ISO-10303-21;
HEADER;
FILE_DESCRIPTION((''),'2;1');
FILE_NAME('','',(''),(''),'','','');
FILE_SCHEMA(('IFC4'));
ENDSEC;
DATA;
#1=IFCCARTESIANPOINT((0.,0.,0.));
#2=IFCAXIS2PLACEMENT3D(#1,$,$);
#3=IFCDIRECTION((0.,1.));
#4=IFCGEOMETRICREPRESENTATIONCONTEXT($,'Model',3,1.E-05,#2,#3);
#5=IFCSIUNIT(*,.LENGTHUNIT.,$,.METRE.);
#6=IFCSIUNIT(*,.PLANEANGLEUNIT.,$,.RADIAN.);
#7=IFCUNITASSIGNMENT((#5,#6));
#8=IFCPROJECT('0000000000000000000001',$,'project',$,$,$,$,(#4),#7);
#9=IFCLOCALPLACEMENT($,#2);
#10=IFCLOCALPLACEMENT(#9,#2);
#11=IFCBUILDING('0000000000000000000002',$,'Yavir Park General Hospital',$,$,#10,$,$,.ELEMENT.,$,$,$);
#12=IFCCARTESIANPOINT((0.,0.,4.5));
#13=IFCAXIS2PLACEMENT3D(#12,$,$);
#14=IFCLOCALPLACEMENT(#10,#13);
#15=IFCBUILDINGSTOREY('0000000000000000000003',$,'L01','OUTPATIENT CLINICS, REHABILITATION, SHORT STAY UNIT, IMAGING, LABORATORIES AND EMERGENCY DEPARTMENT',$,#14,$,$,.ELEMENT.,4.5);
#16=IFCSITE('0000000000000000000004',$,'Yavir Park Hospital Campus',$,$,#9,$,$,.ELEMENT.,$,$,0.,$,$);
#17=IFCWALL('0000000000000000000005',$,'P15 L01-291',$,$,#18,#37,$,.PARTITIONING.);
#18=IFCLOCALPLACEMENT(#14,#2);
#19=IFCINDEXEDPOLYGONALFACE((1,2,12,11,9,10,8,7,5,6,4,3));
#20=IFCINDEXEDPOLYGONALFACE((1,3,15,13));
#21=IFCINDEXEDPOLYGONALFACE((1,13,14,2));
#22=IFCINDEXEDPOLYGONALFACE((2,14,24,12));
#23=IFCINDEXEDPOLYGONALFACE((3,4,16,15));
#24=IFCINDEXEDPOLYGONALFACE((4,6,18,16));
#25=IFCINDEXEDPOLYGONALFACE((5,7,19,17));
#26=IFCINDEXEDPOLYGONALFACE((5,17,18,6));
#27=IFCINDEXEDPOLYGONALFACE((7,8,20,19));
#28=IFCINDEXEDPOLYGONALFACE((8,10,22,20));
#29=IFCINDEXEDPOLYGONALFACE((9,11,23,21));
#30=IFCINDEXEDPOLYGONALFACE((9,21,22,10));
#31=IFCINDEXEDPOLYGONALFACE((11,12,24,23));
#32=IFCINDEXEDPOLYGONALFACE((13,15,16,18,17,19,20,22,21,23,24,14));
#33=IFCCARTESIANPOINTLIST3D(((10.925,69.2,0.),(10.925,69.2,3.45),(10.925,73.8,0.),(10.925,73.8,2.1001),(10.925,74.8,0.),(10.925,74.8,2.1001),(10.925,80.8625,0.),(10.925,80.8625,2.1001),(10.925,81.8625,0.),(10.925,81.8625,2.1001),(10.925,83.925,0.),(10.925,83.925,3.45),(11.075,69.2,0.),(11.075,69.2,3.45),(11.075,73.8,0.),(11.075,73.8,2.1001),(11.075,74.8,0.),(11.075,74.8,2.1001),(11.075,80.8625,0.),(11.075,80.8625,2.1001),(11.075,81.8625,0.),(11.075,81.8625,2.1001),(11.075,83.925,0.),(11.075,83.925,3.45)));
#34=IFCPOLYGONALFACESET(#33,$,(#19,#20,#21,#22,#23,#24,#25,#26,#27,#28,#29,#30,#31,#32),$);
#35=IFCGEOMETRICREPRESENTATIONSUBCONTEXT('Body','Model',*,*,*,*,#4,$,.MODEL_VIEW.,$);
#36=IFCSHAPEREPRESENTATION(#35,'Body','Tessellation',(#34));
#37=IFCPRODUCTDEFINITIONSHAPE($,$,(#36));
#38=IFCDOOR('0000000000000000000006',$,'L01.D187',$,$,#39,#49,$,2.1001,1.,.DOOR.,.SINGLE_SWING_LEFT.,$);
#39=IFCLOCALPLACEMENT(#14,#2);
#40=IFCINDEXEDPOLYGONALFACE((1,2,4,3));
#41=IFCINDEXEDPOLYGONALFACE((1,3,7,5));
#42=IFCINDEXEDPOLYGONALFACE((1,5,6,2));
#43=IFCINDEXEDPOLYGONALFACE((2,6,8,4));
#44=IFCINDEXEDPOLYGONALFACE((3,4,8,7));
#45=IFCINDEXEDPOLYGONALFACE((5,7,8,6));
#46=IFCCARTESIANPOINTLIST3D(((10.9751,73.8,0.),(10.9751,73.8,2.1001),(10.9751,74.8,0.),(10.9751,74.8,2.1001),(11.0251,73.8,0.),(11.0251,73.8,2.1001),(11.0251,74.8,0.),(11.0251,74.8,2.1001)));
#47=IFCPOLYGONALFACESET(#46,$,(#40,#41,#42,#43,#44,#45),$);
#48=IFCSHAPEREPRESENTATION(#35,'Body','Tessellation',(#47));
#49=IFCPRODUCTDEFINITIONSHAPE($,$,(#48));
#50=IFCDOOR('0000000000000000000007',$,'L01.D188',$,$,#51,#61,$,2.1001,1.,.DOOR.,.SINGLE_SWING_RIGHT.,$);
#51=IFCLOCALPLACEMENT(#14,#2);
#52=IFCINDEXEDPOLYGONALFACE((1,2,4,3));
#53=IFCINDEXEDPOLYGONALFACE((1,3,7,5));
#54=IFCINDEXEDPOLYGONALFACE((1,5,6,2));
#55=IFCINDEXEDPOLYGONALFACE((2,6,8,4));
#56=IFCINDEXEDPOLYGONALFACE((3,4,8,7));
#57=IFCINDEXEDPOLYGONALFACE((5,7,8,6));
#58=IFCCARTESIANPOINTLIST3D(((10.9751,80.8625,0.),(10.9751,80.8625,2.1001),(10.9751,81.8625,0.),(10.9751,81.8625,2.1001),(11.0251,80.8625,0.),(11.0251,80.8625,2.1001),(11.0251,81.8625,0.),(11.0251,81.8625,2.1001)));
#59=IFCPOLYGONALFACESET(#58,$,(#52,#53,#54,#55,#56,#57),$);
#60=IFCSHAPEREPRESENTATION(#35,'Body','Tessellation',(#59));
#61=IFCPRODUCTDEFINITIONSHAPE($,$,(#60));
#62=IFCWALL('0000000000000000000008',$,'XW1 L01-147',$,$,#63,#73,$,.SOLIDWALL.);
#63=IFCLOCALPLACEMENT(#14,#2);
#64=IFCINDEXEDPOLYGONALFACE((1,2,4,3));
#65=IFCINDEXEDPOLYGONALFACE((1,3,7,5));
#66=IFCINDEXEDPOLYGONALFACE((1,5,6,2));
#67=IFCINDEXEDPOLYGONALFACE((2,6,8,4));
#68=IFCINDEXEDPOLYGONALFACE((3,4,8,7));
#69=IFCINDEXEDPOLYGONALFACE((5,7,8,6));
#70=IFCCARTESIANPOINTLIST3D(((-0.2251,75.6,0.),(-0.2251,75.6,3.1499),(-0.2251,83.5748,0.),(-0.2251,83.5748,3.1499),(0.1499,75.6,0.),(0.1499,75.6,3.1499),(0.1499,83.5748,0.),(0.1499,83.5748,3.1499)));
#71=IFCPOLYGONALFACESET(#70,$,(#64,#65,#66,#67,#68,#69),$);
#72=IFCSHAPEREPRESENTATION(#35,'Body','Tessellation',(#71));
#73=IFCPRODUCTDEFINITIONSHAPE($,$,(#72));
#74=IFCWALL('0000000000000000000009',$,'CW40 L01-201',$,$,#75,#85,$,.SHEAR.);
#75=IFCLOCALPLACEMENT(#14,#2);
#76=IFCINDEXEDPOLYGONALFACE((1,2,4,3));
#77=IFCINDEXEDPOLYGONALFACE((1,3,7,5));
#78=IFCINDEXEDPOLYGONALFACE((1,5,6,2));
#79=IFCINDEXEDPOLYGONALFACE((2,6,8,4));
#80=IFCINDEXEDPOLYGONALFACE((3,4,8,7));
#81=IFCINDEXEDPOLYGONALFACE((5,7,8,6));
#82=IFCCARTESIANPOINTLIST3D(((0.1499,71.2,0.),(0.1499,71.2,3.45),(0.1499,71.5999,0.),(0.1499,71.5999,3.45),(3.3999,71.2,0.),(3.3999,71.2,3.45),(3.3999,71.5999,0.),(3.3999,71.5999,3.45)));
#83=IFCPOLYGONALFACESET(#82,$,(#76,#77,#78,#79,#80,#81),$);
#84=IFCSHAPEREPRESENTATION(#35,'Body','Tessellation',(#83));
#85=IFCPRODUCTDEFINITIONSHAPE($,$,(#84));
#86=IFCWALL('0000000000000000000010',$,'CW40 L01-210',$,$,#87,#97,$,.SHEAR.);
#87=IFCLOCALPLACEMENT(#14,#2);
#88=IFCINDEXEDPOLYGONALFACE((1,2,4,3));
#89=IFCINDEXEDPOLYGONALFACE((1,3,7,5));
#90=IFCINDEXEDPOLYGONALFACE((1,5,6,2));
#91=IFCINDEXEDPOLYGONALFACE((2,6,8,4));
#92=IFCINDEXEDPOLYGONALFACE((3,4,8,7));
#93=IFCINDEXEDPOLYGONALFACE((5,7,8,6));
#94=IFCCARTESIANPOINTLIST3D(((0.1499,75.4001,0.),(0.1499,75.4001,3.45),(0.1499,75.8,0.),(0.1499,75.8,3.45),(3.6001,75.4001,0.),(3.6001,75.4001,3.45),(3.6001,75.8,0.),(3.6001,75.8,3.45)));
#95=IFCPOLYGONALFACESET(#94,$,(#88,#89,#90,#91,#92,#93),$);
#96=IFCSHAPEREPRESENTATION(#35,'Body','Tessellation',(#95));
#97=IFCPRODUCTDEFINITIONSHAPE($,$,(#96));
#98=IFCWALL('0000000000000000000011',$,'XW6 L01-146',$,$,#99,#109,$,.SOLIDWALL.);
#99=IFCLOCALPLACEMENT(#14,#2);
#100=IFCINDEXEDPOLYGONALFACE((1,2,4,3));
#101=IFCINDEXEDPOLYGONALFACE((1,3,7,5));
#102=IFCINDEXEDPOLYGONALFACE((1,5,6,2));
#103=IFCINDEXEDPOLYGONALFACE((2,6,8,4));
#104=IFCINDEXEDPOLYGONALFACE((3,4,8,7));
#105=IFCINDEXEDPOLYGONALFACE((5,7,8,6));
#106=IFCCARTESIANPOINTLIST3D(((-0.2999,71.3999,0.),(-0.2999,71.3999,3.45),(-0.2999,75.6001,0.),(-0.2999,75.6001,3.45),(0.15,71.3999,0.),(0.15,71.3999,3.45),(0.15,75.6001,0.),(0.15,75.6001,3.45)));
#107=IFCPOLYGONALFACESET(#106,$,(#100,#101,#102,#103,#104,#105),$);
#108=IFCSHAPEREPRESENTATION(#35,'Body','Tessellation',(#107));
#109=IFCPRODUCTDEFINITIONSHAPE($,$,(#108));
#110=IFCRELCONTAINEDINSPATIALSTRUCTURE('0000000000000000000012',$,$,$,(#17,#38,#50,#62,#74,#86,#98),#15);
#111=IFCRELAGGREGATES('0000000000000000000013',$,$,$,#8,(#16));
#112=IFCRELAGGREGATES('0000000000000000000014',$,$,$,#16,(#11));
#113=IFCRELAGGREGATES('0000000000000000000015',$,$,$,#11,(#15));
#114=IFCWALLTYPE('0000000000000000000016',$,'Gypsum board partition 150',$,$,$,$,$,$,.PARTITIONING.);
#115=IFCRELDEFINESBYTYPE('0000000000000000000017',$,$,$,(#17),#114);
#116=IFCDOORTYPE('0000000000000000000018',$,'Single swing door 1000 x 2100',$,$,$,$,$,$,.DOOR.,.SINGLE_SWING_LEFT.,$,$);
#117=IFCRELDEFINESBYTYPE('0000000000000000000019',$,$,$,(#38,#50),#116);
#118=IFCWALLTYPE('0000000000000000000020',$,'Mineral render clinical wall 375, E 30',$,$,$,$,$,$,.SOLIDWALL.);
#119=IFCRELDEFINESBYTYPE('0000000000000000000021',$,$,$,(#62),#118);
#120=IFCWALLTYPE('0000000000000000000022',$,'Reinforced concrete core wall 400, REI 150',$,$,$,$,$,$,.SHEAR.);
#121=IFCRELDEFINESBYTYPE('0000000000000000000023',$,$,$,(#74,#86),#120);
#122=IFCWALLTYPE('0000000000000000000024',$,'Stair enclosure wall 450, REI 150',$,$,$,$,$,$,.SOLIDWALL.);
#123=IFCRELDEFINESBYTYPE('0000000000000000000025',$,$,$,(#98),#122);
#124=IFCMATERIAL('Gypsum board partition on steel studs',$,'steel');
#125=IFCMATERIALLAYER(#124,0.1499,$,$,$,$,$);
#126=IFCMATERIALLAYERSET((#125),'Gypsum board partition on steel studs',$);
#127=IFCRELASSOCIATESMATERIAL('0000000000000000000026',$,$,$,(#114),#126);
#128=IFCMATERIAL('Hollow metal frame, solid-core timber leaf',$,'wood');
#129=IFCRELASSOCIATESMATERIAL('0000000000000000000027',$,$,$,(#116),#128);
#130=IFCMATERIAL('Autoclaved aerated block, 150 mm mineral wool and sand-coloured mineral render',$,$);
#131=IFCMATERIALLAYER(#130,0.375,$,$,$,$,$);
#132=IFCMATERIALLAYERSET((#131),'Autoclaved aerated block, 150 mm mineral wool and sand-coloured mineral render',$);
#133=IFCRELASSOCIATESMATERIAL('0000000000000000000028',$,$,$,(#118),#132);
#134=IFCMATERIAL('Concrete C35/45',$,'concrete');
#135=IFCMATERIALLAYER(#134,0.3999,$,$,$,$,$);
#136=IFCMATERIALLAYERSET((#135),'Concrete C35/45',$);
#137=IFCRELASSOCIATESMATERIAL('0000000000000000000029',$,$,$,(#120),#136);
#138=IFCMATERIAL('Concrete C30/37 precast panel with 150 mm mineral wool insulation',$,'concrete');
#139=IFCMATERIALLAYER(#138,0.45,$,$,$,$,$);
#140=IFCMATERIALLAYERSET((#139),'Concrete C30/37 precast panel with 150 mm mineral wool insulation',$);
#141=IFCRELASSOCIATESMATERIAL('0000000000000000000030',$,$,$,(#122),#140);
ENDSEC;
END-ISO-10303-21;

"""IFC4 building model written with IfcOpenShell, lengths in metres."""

from ifc_helpers import new_model, si_unit, direction, frame, frame_2d, origin, place, context, subcontext, project, spatial, rectangle, extrude, material, layer, layer_set, type_object, element, fill, save


model = new_model("IFC4")

# Units and contexts
model_context = context("Model", 3, precision=1e-05, world=origin(), true_north=direction((0.0, 1.0)))
body_context = subcontext(model_context, "Body", "Model", "MODEL_VIEW")
ifc_project = project(units=[si_unit("LENGTHUNIT", "METRE"), si_unit("PLANEANGLEUNIT", "RADIAN")], contexts=[model_context])

# Site, building, storey
site_placement = place(None, origin())
site = spatial("IfcSite", under=ifc_project, at=site_placement, Name="Yavir Park Hospital Campus", CompositionType="ELEMENT", RefElevation=0.0)
building_placement = place(site_placement, origin())
building = spatial("IfcBuilding", under=site, at=building_placement, Name="Yavir Park General Hospital", CompositionType="ELEMENT")
storey_placement = place(building_placement, frame((0.0, 0.0, 4.5)))
storey = spatial("IfcBuildingStorey", under=building, at=storey_placement, Name="L01", Description="OUTPATIENT CLINICS, REHABILITATION, SHORT STAY UNIT, IMAGING, LABORATORIES AND EMERGENCY DEPARTMENT", CompositionType="ELEMENT", Elevation=4.5)

# Shared definitions
ifc_material_1 = material(Name="Gypsum board partition on steel studs", Category="steel")
ifc_layer_1 = layer(ifc_material_1, 0.1499)
ifc_layer_set_1 = layer_set([ifc_layer_1], Name="Gypsum board partition on steel studs")
wall_type_1 = type_object("IfcWallType", Name="Gypsum board partition 150", PredefinedType="PARTITIONING", material=ifc_layer_set_1)

# Wall, openings, doors
wall_1_placement = place(storey_placement, frame((11.0, 69.2, 0.0), z_axis=(0.0, 0.0, 1.0), x_axis=(0.0, 1.0, 0.0)))
wall_1 = element("IfcWall", 1, at=wall_1_placement, inside=storey, type_object=wall_type_1, Name="P15 L01-291", PredefinedType="PARTITIONING", context=body_context, shape_type="SweptSolid", body=[
    extrude(rectangle(XDim=14.7251, YDim=0.1499, at=frame_2d((7.3625, 0.0))), origin(), (0.0, 0.0, 1.0), 3.45),
])
opening_1_placement = place(wall_1_placement, frame((4.6001, 0.0, 0.0)))
opening_1 = element("IfcOpeningElement", 2, at=opening_1_placement, cuts=wall_1, PredefinedType="OPENING", context=body_context, shape_type="SweptSolid", body=[
    extrude(rectangle(XDim=1.0, YDim=2.1001, at=frame_2d((0.5, 1.05))), frame((0.0, 0.085, 0.0), z_axis=(0.0, -1.0, 0.0), x_axis=(1.0, 0.0, 0.0)), (0.0, 0.0, 1.0), 0.1699),
])
opening_2_placement = place(wall_1_placement, frame((11.6626, 0.0, 0.0)))
opening_2 = element("IfcOpeningElement", 3, at=opening_2_placement, cuts=wall_1, PredefinedType="OPENING", context=body_context, shape_type="SweptSolid", body=[
    extrude(rectangle(XDim=1.0, YDim=2.1001, at=frame_2d((0.5, 1.05))), frame((0.0, 0.085, 0.0), z_axis=(0.0, -1.0, 0.0), x_axis=(1.0, 0.0, 0.0)), (0.0, 0.0, 1.0), 0.1699),
])
ifc_material_2 = material(Name="Hollow metal frame, solid-core timber leaf", Category="wood")
door_type_1 = type_object("IfcDoorType", Name="Single swing door 1000 x 2100", OperationType="SINGLE_SWING_LEFT", PredefinedType="DOOR", material=ifc_material_2)
door_1_placement = place(opening_1_placement, origin())
door_1 = element("IfcDoor", 4, at=door_1_placement, inside=storey, type_object=door_type_1, Name="L01.D187", OperationType="SINGLE_SWING_LEFT", OverallHeight=2.1001, OverallWidth=1.0, PredefinedType="DOOR", context=body_context, shape_type="SweptSolid", body=[
    extrude(rectangle(XDim=1.0, YDim=2.1001, at=frame_2d((0.5, 1.05))), frame((0.0, 0.0249, 0.0), z_axis=(0.0, -1.0, 0.0), x_axis=(1.0, 0.0, 0.0)), (0.0, 0.0, 1.0), 0.05),
])
fill(opening_1, door_1)
door_2_placement = place(opening_2_placement, origin())
door_2 = element("IfcDoor", 5, at=door_2_placement, inside=storey, type_object=door_type_1, Name="L01.D188", OperationType="SINGLE_SWING_RIGHT", OverallHeight=2.1001, OverallWidth=1.0, PredefinedType="DOOR", context=body_context, shape_type="SweptSolid", body=[
    extrude(rectangle(XDim=1.0, YDim=2.1001, at=frame_2d((0.5, 1.05))), frame((0.0, 0.0249, 0.0), z_axis=(0.0, -1.0, 0.0), x_axis=(1.0, 0.0, 0.0)), (0.0, 0.0, 1.0), 0.05),
])
fill(opening_2, door_2)

# Walls
ifc_material_3 = material(Name="Autoclaved aerated block, 150 mm mineral wool and sand-coloured mineral render")
ifc_layer_2 = layer(ifc_material_3, 0.375)
ifc_layer_set_2 = layer_set([ifc_layer_2], Name="Autoclaved aerated block, 150 mm mineral wool and sand-coloured mineral render")
wall_type_2 = type_object("IfcWallType", Name="Mineral render clinical wall 375, E 30", PredefinedType="SOLIDWALL", material=ifc_layer_set_2)
wall_2_placement = place(storey_placement, frame((-0.0376, 75.6001, 0.0), z_axis=(0.0, 0.0, 1.0), x_axis=(0.0, 1.0, 0.0)))
element("IfcWall", 6, at=wall_2_placement, inside=storey, type_object=wall_type_2, Name="XW1 L01-147", PredefinedType="SOLIDWALL", context=body_context, shape_type="SweptSolid", body=[
    extrude(rectangle(XDim=7.9749, YDim=0.375, at=frame_2d((3.9873, 0.0))), origin(), (0.0, 0.0, 1.0), 3.1499),
])
ifc_material_4 = material(Name="Concrete C35/45", Category="concrete")
ifc_layer_3 = layer(ifc_material_4, 0.3999)
ifc_layer_set_3 = layer_set([ifc_layer_3], Name="Concrete C35/45")
wall_type_3 = type_object("IfcWallType", Name="Reinforced concrete core wall 400, REI 150", PredefinedType="SHEAR", material=ifc_layer_set_3)
wall_3_placement = place(storey_placement, frame((0.1499, 71.3999, 0.0), z_axis=(0.0, 0.0, 1.0), x_axis=(1.0, 0.0, 0.0)))
element("IfcWall", 7, at=wall_3_placement, inside=storey, type_object=wall_type_3, Name="CW40 L01-201", PredefinedType="SHEAR", context=body_context, shape_type="SweptSolid", body=[
    extrude(rectangle(XDim=3.25, YDim=0.3999, at=frame_2d((1.625, 0.0))), origin(), (0.0, 0.0, 1.0), 3.45),
])
wall_4_placement = place(storey_placement, frame((0.1499, 75.6001, 0.0), z_axis=(0.0, 0.0, 1.0), x_axis=(1.0, 0.0, 0.0)))
element("IfcWall", 8, at=wall_4_placement, inside=storey, type_object=wall_type_3, Name="CW40 L01-210", PredefinedType="SHEAR", context=body_context, shape_type="SweptSolid", body=[
    extrude(rectangle(XDim=3.4502, YDim=0.3999, at=frame_2d((1.7251, 0.0))), origin(), (0.0, 0.0, 1.0), 3.45),
])
ifc_material_5 = material(Name="Concrete C30/37 precast panel with 150 mm mineral wool insulation", Category="concrete")
ifc_layer_4 = layer(ifc_material_5, 0.45)
ifc_layer_set_4 = layer_set([ifc_layer_4], Name="Concrete C30/37 precast panel with 150 mm mineral wool insulation")
wall_type_4 = type_object("IfcWallType", Name="Stair enclosure wall 450, REI 150", PredefinedType="SOLIDWALL", material=ifc_layer_set_4)
wall_5_placement = place(storey_placement, frame((-0.075, 71.3999, 0.0), z_axis=(0.0, 0.0, 1.0), x_axis=(0.0, 1.0, 0.0)))
element("IfcWall", 9, at=wall_5_placement, inside=storey, type_object=wall_type_4, Name="XW6 L01-146", PredefinedType="SOLIDWALL", context=body_context, shape_type="SweptSolid", body=[
    extrude(rectangle(XDim=4.2002, YDim=0.45, at=frame_2d((2.1001, 0.0))), origin(), (0.0, 0.0, 1.0), 3.45),
])

save(model, "model.ifc")
